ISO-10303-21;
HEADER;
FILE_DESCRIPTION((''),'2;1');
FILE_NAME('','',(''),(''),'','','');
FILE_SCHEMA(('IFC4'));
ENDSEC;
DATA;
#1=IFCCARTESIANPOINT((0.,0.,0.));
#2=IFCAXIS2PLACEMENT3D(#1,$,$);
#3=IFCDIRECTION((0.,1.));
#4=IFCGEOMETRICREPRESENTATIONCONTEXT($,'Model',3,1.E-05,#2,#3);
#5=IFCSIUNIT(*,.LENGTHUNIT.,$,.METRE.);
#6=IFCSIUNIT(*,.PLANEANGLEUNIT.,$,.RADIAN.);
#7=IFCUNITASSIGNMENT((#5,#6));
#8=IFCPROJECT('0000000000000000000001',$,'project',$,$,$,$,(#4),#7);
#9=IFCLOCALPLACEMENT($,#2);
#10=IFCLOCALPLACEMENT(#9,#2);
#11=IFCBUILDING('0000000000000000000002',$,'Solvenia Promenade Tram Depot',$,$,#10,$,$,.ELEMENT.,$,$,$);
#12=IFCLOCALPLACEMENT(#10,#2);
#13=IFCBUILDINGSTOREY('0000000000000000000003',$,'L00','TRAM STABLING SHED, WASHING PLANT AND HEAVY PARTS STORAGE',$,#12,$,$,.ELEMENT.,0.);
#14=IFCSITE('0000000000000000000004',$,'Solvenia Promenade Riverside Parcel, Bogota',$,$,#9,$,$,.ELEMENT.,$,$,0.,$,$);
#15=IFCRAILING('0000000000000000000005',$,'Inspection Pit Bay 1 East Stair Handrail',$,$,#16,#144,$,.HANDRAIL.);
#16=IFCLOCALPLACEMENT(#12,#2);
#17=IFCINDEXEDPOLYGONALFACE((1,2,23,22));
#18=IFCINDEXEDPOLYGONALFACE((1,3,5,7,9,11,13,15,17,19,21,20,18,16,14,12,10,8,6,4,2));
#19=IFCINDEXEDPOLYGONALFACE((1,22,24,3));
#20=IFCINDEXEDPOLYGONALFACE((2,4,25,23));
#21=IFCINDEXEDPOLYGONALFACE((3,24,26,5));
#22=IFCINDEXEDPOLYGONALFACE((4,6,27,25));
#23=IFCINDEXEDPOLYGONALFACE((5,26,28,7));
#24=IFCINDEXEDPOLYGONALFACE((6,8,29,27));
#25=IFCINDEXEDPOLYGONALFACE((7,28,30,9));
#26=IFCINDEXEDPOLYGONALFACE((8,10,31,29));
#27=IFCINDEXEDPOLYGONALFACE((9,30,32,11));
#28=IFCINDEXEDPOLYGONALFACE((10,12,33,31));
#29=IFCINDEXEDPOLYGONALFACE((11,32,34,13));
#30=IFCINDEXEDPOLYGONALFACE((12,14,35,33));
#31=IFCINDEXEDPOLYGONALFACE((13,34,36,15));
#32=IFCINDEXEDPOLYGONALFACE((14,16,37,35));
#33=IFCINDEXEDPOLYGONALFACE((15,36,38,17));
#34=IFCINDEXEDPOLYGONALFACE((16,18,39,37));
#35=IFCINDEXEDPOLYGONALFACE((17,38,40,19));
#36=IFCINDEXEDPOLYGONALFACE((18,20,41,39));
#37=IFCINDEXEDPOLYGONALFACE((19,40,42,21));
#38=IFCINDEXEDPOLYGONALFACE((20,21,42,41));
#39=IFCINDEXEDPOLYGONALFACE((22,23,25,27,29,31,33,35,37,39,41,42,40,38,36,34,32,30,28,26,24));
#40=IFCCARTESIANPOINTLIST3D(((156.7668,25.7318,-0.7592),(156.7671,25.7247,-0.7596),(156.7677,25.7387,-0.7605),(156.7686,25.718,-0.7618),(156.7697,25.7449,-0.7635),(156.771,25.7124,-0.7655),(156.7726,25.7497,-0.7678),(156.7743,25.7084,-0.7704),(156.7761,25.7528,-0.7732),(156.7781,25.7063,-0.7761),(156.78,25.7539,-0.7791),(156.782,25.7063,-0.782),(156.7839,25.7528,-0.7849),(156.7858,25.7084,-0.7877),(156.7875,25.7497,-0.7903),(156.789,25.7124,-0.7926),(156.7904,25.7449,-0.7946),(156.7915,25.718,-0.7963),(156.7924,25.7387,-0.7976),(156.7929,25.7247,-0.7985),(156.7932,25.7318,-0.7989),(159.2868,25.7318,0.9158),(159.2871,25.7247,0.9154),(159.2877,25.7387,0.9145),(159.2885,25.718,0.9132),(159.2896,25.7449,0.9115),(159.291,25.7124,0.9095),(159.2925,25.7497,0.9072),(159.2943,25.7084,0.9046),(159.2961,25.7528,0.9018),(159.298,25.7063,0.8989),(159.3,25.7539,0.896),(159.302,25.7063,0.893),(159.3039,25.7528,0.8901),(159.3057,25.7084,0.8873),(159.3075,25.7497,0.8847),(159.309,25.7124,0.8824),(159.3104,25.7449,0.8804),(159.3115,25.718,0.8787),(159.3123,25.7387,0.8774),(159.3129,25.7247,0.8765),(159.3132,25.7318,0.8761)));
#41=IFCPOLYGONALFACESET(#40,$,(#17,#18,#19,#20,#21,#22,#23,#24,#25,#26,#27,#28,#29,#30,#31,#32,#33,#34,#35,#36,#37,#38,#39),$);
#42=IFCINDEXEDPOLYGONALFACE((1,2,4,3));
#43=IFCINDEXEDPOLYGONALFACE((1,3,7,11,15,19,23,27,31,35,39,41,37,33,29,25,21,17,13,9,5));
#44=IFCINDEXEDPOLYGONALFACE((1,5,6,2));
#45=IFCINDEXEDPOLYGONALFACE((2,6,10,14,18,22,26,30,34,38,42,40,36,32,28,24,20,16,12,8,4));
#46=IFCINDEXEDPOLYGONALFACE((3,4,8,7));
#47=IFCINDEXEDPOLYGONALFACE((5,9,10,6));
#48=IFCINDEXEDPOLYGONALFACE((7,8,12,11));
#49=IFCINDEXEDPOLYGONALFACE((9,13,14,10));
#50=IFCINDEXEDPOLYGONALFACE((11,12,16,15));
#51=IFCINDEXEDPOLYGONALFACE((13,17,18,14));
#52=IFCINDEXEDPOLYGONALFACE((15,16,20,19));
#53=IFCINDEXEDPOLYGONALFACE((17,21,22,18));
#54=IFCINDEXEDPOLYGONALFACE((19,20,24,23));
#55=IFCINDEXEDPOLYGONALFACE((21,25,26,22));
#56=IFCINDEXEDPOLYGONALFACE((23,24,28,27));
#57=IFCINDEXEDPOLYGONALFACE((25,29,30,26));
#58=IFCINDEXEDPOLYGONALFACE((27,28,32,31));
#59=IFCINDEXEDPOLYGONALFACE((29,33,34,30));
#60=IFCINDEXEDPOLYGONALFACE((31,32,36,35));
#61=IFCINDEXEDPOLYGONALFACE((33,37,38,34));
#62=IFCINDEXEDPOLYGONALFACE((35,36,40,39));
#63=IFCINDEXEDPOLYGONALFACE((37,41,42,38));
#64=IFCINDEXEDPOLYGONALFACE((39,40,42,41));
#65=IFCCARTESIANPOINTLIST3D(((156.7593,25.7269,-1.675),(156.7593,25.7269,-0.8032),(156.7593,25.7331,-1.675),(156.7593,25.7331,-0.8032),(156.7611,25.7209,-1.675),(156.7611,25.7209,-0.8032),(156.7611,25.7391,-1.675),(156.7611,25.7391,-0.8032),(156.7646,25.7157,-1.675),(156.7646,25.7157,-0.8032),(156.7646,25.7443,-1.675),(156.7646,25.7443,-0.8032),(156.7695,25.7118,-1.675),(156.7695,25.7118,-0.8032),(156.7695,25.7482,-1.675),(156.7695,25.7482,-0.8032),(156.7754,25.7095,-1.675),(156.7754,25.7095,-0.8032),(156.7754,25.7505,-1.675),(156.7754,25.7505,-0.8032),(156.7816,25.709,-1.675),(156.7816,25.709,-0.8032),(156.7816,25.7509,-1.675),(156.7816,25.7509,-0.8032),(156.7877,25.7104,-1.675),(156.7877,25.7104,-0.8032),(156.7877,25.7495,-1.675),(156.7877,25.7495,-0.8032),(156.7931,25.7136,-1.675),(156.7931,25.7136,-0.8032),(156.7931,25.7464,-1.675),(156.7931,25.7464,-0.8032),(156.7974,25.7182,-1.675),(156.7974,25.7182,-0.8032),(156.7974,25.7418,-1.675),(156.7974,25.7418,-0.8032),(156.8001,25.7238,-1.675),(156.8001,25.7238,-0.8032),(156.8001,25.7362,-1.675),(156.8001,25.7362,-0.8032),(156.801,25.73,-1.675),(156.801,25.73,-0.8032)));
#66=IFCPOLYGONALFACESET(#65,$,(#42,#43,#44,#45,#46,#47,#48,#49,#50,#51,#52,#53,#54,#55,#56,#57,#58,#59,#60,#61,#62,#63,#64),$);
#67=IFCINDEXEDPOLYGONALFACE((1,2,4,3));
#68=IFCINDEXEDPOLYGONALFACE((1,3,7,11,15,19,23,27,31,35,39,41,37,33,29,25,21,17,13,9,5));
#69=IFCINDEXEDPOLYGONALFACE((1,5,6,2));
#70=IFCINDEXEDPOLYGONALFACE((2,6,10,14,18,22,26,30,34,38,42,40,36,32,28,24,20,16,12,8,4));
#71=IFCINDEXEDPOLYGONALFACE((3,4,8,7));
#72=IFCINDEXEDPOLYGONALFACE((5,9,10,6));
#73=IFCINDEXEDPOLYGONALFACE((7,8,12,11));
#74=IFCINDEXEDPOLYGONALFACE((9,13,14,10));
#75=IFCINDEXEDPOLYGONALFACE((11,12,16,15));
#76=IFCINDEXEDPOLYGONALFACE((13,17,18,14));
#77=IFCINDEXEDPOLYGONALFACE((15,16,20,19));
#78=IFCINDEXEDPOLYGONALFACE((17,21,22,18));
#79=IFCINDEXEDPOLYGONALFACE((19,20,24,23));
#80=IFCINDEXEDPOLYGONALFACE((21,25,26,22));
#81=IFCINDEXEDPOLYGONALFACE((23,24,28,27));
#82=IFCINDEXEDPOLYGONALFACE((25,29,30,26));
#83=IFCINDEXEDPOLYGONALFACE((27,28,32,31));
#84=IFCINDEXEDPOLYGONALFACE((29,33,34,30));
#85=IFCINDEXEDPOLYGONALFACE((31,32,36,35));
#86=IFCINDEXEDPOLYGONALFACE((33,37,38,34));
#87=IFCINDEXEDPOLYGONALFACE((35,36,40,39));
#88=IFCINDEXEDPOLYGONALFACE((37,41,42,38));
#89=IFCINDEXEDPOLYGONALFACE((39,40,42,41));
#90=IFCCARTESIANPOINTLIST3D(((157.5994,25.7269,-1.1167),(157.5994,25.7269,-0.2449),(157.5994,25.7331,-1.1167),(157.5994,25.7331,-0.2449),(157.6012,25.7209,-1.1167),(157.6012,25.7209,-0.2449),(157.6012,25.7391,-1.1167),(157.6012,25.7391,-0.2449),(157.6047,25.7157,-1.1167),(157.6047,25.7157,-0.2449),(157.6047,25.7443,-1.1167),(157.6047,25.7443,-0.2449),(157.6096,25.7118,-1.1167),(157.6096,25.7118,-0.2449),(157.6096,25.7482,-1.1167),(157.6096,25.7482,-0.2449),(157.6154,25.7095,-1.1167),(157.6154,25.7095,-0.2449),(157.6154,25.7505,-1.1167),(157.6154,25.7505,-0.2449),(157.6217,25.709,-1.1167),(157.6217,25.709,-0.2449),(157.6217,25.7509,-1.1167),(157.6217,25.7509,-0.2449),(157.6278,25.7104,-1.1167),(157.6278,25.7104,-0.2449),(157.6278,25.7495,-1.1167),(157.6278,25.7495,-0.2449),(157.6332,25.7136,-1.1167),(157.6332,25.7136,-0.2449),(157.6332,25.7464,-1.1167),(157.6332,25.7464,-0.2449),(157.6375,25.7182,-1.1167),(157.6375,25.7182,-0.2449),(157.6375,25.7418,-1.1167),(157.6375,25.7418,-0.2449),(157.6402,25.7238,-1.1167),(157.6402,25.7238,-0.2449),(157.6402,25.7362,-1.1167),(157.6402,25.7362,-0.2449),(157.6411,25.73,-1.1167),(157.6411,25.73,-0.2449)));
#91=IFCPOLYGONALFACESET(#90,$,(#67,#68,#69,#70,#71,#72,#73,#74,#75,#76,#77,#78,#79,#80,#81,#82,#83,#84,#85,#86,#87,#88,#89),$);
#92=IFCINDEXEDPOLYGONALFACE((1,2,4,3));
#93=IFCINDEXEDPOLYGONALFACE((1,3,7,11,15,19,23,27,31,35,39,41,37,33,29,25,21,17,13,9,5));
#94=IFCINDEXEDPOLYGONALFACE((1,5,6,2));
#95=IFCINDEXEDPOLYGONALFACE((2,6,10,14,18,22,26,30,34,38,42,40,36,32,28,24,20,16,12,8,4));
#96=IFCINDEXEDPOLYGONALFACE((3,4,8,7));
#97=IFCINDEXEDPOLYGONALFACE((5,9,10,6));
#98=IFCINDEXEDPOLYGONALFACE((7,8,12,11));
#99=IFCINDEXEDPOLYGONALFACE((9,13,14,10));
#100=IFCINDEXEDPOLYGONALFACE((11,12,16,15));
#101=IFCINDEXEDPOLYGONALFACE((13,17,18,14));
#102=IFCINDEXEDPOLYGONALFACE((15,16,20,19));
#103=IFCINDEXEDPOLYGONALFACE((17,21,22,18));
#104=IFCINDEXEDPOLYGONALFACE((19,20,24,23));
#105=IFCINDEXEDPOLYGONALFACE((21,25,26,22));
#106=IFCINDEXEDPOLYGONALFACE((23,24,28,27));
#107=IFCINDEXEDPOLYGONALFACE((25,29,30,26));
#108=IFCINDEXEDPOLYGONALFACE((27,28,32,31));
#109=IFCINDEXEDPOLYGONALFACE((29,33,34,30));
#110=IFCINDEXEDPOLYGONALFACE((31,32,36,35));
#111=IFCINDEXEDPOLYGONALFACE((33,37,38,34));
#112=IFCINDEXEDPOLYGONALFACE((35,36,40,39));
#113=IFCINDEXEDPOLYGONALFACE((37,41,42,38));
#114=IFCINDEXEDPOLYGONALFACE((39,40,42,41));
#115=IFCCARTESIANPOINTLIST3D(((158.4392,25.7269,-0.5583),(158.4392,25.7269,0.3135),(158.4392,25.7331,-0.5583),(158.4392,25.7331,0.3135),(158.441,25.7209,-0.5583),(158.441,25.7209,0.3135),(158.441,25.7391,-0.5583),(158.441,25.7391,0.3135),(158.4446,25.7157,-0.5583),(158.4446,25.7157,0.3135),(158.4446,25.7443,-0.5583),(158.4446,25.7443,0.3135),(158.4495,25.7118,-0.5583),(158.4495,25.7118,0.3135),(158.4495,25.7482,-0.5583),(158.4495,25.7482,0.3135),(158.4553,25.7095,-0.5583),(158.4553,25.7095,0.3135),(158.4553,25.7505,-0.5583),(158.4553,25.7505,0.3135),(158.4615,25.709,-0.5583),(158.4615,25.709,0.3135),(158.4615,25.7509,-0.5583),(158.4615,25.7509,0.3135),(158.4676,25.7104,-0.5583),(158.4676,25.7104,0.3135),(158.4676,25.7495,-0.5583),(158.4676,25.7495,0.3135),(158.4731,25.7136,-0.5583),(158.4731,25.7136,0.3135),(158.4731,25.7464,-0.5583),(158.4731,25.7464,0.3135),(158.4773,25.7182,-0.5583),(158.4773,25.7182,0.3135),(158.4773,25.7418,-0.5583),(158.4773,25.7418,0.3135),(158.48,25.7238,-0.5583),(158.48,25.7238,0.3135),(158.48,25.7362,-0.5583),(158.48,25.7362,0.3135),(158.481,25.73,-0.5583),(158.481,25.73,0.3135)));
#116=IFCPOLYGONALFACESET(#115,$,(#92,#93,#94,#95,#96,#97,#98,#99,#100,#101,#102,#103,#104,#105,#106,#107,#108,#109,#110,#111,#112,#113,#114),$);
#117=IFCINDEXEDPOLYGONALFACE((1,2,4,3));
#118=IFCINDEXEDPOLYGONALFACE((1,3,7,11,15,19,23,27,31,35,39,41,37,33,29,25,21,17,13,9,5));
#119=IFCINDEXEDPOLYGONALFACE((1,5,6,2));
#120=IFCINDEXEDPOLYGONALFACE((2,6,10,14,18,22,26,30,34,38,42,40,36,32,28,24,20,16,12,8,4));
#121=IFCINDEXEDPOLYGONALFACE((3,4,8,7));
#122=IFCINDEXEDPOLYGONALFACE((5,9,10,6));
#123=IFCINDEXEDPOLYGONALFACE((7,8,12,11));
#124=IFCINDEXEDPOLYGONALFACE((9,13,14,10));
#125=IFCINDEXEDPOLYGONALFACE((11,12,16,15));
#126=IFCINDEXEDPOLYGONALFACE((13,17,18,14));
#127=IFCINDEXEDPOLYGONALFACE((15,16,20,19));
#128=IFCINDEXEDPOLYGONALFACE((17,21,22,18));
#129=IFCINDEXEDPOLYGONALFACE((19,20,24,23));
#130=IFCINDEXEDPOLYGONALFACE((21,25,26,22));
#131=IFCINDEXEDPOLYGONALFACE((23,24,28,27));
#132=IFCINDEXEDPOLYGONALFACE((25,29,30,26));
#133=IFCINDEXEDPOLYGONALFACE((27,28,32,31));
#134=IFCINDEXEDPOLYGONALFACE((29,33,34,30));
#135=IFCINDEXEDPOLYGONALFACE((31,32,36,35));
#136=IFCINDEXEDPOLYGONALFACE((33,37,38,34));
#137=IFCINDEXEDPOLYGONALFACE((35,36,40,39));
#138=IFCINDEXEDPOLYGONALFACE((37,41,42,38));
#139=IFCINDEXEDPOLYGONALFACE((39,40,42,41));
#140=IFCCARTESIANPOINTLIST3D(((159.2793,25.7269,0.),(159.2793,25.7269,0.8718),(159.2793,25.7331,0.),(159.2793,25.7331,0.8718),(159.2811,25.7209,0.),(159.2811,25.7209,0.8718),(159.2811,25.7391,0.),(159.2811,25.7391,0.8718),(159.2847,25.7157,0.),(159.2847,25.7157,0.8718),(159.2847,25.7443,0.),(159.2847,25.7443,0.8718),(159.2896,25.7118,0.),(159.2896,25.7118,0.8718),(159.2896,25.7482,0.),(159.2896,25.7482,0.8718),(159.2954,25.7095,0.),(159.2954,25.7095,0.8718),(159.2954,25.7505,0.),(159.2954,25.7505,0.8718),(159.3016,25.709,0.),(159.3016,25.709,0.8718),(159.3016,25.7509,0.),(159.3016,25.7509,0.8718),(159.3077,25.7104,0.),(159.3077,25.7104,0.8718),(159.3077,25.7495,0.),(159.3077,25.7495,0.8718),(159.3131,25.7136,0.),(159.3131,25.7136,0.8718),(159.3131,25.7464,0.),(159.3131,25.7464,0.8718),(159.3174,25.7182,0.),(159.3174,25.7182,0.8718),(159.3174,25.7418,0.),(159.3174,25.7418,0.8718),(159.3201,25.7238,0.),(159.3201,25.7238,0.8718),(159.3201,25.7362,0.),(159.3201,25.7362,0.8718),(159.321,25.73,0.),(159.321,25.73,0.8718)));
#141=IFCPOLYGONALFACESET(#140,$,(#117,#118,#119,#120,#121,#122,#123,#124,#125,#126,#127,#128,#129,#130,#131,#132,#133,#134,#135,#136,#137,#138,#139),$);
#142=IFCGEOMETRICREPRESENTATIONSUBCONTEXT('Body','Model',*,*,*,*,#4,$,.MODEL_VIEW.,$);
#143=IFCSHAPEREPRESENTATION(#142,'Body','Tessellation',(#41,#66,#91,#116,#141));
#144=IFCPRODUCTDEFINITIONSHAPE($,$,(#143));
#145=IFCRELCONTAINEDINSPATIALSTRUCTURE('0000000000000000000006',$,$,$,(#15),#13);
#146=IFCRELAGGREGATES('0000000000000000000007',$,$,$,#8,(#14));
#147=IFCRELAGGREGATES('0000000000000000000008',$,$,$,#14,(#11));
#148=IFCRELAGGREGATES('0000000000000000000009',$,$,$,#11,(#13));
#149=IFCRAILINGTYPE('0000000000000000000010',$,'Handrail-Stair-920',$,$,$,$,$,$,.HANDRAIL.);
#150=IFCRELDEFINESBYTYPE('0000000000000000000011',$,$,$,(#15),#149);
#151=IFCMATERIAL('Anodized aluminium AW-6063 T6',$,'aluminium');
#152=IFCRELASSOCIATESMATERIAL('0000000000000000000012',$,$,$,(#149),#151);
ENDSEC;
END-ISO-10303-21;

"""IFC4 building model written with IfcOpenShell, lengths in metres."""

from ifc_helpers import new_model, si_unit, direction, frame, origin, origin_2d, place, context, subcontext, project, spatial, circle, extrude, material, type_object, element, save


model = new_model("IFC4")

# Units and contexts
model_context = context("Model", 3, precision=1e-05, world=origin(), true_north=direction((0.0, 1.0)))
body_context = subcontext(model_context, "Body", "Model", "MODEL_VIEW")
ifc_project = project(units=[si_unit("LENGTHUNIT", "METRE"), si_unit("PLANEANGLEUNIT", "RADIAN")], contexts=[model_context])

# Site, building, storey
site_placement = place(None, origin())
site = spatial("IfcSite", under=ifc_project, at=site_placement, Name="Solvenia Promenade Riverside Parcel, Bogota", CompositionType="ELEMENT", RefElevation=0.0)
building_placement = place(site_placement, origin())
building = spatial("IfcBuilding", under=site, at=building_placement, Name="Solvenia Promenade Tram Depot", CompositionType="ELEMENT")
storey_placement = place(building_placement, origin())
storey = spatial("IfcBuildingStorey", under=building, at=storey_placement, Name="L00", Description="TRAM STABLING SHED, WASHING PLANT AND HEAVY PARTS STORAGE", CompositionType="ELEMENT", Elevation=0.0)

# Shared definitions
ifc_material_1 = material(Name="Anodized aluminium AW-6063 T6", Category="aluminium")

# Railing
railing_type_1 = type_object("IfcRailingType", Name="Handrail-Stair-920", PredefinedType="HANDRAIL", material=ifc_material_1)
for number, where, name in (
    (1, (156.78, 25.73, -1.675), "Inspection Pit Bay 1 East Stair Handrail"),
):
    element("IfcRailing", number, at=place(storey_placement, frame(where)), inside=storey, type_object=railing_type_1, Name=name, PredefinedType="HANDRAIL", context=body_context, shape_type="SweptSolid", body=[
        extrude(circle(Radius=0.0239, at=origin_2d()), frame((0.0, 0.0, 0.896), z_axis=(0.832807, 0.0, 0.553564), x_axis=(0.0, 1.0, 0.0)), (0.0, 0.0, 1.0), 3.0259),
        extrude(circle(Radius=0.021, at=origin_2d()), origin(), (0.0, 0.0, 1.0), 0.8718),
        extrude(circle(Radius=0.021, at=origin_2d()), frame((0.8401, 0.0, 0.5583)), (0.0, 0.0, 1.0), 0.8718),
        extrude(circle(Radius=0.021, at=origin_2d()), frame((1.6799, 0.0, 1.1167)), (0.0, 0.0, 1.0), 0.8718),
        extrude(circle(Radius=0.021, at=origin_2d()), frame((2.52, 0.0, 1.675)), (0.0, 0.0, 1.0), 0.8718),
    ])

save(model, "model.ifc")
